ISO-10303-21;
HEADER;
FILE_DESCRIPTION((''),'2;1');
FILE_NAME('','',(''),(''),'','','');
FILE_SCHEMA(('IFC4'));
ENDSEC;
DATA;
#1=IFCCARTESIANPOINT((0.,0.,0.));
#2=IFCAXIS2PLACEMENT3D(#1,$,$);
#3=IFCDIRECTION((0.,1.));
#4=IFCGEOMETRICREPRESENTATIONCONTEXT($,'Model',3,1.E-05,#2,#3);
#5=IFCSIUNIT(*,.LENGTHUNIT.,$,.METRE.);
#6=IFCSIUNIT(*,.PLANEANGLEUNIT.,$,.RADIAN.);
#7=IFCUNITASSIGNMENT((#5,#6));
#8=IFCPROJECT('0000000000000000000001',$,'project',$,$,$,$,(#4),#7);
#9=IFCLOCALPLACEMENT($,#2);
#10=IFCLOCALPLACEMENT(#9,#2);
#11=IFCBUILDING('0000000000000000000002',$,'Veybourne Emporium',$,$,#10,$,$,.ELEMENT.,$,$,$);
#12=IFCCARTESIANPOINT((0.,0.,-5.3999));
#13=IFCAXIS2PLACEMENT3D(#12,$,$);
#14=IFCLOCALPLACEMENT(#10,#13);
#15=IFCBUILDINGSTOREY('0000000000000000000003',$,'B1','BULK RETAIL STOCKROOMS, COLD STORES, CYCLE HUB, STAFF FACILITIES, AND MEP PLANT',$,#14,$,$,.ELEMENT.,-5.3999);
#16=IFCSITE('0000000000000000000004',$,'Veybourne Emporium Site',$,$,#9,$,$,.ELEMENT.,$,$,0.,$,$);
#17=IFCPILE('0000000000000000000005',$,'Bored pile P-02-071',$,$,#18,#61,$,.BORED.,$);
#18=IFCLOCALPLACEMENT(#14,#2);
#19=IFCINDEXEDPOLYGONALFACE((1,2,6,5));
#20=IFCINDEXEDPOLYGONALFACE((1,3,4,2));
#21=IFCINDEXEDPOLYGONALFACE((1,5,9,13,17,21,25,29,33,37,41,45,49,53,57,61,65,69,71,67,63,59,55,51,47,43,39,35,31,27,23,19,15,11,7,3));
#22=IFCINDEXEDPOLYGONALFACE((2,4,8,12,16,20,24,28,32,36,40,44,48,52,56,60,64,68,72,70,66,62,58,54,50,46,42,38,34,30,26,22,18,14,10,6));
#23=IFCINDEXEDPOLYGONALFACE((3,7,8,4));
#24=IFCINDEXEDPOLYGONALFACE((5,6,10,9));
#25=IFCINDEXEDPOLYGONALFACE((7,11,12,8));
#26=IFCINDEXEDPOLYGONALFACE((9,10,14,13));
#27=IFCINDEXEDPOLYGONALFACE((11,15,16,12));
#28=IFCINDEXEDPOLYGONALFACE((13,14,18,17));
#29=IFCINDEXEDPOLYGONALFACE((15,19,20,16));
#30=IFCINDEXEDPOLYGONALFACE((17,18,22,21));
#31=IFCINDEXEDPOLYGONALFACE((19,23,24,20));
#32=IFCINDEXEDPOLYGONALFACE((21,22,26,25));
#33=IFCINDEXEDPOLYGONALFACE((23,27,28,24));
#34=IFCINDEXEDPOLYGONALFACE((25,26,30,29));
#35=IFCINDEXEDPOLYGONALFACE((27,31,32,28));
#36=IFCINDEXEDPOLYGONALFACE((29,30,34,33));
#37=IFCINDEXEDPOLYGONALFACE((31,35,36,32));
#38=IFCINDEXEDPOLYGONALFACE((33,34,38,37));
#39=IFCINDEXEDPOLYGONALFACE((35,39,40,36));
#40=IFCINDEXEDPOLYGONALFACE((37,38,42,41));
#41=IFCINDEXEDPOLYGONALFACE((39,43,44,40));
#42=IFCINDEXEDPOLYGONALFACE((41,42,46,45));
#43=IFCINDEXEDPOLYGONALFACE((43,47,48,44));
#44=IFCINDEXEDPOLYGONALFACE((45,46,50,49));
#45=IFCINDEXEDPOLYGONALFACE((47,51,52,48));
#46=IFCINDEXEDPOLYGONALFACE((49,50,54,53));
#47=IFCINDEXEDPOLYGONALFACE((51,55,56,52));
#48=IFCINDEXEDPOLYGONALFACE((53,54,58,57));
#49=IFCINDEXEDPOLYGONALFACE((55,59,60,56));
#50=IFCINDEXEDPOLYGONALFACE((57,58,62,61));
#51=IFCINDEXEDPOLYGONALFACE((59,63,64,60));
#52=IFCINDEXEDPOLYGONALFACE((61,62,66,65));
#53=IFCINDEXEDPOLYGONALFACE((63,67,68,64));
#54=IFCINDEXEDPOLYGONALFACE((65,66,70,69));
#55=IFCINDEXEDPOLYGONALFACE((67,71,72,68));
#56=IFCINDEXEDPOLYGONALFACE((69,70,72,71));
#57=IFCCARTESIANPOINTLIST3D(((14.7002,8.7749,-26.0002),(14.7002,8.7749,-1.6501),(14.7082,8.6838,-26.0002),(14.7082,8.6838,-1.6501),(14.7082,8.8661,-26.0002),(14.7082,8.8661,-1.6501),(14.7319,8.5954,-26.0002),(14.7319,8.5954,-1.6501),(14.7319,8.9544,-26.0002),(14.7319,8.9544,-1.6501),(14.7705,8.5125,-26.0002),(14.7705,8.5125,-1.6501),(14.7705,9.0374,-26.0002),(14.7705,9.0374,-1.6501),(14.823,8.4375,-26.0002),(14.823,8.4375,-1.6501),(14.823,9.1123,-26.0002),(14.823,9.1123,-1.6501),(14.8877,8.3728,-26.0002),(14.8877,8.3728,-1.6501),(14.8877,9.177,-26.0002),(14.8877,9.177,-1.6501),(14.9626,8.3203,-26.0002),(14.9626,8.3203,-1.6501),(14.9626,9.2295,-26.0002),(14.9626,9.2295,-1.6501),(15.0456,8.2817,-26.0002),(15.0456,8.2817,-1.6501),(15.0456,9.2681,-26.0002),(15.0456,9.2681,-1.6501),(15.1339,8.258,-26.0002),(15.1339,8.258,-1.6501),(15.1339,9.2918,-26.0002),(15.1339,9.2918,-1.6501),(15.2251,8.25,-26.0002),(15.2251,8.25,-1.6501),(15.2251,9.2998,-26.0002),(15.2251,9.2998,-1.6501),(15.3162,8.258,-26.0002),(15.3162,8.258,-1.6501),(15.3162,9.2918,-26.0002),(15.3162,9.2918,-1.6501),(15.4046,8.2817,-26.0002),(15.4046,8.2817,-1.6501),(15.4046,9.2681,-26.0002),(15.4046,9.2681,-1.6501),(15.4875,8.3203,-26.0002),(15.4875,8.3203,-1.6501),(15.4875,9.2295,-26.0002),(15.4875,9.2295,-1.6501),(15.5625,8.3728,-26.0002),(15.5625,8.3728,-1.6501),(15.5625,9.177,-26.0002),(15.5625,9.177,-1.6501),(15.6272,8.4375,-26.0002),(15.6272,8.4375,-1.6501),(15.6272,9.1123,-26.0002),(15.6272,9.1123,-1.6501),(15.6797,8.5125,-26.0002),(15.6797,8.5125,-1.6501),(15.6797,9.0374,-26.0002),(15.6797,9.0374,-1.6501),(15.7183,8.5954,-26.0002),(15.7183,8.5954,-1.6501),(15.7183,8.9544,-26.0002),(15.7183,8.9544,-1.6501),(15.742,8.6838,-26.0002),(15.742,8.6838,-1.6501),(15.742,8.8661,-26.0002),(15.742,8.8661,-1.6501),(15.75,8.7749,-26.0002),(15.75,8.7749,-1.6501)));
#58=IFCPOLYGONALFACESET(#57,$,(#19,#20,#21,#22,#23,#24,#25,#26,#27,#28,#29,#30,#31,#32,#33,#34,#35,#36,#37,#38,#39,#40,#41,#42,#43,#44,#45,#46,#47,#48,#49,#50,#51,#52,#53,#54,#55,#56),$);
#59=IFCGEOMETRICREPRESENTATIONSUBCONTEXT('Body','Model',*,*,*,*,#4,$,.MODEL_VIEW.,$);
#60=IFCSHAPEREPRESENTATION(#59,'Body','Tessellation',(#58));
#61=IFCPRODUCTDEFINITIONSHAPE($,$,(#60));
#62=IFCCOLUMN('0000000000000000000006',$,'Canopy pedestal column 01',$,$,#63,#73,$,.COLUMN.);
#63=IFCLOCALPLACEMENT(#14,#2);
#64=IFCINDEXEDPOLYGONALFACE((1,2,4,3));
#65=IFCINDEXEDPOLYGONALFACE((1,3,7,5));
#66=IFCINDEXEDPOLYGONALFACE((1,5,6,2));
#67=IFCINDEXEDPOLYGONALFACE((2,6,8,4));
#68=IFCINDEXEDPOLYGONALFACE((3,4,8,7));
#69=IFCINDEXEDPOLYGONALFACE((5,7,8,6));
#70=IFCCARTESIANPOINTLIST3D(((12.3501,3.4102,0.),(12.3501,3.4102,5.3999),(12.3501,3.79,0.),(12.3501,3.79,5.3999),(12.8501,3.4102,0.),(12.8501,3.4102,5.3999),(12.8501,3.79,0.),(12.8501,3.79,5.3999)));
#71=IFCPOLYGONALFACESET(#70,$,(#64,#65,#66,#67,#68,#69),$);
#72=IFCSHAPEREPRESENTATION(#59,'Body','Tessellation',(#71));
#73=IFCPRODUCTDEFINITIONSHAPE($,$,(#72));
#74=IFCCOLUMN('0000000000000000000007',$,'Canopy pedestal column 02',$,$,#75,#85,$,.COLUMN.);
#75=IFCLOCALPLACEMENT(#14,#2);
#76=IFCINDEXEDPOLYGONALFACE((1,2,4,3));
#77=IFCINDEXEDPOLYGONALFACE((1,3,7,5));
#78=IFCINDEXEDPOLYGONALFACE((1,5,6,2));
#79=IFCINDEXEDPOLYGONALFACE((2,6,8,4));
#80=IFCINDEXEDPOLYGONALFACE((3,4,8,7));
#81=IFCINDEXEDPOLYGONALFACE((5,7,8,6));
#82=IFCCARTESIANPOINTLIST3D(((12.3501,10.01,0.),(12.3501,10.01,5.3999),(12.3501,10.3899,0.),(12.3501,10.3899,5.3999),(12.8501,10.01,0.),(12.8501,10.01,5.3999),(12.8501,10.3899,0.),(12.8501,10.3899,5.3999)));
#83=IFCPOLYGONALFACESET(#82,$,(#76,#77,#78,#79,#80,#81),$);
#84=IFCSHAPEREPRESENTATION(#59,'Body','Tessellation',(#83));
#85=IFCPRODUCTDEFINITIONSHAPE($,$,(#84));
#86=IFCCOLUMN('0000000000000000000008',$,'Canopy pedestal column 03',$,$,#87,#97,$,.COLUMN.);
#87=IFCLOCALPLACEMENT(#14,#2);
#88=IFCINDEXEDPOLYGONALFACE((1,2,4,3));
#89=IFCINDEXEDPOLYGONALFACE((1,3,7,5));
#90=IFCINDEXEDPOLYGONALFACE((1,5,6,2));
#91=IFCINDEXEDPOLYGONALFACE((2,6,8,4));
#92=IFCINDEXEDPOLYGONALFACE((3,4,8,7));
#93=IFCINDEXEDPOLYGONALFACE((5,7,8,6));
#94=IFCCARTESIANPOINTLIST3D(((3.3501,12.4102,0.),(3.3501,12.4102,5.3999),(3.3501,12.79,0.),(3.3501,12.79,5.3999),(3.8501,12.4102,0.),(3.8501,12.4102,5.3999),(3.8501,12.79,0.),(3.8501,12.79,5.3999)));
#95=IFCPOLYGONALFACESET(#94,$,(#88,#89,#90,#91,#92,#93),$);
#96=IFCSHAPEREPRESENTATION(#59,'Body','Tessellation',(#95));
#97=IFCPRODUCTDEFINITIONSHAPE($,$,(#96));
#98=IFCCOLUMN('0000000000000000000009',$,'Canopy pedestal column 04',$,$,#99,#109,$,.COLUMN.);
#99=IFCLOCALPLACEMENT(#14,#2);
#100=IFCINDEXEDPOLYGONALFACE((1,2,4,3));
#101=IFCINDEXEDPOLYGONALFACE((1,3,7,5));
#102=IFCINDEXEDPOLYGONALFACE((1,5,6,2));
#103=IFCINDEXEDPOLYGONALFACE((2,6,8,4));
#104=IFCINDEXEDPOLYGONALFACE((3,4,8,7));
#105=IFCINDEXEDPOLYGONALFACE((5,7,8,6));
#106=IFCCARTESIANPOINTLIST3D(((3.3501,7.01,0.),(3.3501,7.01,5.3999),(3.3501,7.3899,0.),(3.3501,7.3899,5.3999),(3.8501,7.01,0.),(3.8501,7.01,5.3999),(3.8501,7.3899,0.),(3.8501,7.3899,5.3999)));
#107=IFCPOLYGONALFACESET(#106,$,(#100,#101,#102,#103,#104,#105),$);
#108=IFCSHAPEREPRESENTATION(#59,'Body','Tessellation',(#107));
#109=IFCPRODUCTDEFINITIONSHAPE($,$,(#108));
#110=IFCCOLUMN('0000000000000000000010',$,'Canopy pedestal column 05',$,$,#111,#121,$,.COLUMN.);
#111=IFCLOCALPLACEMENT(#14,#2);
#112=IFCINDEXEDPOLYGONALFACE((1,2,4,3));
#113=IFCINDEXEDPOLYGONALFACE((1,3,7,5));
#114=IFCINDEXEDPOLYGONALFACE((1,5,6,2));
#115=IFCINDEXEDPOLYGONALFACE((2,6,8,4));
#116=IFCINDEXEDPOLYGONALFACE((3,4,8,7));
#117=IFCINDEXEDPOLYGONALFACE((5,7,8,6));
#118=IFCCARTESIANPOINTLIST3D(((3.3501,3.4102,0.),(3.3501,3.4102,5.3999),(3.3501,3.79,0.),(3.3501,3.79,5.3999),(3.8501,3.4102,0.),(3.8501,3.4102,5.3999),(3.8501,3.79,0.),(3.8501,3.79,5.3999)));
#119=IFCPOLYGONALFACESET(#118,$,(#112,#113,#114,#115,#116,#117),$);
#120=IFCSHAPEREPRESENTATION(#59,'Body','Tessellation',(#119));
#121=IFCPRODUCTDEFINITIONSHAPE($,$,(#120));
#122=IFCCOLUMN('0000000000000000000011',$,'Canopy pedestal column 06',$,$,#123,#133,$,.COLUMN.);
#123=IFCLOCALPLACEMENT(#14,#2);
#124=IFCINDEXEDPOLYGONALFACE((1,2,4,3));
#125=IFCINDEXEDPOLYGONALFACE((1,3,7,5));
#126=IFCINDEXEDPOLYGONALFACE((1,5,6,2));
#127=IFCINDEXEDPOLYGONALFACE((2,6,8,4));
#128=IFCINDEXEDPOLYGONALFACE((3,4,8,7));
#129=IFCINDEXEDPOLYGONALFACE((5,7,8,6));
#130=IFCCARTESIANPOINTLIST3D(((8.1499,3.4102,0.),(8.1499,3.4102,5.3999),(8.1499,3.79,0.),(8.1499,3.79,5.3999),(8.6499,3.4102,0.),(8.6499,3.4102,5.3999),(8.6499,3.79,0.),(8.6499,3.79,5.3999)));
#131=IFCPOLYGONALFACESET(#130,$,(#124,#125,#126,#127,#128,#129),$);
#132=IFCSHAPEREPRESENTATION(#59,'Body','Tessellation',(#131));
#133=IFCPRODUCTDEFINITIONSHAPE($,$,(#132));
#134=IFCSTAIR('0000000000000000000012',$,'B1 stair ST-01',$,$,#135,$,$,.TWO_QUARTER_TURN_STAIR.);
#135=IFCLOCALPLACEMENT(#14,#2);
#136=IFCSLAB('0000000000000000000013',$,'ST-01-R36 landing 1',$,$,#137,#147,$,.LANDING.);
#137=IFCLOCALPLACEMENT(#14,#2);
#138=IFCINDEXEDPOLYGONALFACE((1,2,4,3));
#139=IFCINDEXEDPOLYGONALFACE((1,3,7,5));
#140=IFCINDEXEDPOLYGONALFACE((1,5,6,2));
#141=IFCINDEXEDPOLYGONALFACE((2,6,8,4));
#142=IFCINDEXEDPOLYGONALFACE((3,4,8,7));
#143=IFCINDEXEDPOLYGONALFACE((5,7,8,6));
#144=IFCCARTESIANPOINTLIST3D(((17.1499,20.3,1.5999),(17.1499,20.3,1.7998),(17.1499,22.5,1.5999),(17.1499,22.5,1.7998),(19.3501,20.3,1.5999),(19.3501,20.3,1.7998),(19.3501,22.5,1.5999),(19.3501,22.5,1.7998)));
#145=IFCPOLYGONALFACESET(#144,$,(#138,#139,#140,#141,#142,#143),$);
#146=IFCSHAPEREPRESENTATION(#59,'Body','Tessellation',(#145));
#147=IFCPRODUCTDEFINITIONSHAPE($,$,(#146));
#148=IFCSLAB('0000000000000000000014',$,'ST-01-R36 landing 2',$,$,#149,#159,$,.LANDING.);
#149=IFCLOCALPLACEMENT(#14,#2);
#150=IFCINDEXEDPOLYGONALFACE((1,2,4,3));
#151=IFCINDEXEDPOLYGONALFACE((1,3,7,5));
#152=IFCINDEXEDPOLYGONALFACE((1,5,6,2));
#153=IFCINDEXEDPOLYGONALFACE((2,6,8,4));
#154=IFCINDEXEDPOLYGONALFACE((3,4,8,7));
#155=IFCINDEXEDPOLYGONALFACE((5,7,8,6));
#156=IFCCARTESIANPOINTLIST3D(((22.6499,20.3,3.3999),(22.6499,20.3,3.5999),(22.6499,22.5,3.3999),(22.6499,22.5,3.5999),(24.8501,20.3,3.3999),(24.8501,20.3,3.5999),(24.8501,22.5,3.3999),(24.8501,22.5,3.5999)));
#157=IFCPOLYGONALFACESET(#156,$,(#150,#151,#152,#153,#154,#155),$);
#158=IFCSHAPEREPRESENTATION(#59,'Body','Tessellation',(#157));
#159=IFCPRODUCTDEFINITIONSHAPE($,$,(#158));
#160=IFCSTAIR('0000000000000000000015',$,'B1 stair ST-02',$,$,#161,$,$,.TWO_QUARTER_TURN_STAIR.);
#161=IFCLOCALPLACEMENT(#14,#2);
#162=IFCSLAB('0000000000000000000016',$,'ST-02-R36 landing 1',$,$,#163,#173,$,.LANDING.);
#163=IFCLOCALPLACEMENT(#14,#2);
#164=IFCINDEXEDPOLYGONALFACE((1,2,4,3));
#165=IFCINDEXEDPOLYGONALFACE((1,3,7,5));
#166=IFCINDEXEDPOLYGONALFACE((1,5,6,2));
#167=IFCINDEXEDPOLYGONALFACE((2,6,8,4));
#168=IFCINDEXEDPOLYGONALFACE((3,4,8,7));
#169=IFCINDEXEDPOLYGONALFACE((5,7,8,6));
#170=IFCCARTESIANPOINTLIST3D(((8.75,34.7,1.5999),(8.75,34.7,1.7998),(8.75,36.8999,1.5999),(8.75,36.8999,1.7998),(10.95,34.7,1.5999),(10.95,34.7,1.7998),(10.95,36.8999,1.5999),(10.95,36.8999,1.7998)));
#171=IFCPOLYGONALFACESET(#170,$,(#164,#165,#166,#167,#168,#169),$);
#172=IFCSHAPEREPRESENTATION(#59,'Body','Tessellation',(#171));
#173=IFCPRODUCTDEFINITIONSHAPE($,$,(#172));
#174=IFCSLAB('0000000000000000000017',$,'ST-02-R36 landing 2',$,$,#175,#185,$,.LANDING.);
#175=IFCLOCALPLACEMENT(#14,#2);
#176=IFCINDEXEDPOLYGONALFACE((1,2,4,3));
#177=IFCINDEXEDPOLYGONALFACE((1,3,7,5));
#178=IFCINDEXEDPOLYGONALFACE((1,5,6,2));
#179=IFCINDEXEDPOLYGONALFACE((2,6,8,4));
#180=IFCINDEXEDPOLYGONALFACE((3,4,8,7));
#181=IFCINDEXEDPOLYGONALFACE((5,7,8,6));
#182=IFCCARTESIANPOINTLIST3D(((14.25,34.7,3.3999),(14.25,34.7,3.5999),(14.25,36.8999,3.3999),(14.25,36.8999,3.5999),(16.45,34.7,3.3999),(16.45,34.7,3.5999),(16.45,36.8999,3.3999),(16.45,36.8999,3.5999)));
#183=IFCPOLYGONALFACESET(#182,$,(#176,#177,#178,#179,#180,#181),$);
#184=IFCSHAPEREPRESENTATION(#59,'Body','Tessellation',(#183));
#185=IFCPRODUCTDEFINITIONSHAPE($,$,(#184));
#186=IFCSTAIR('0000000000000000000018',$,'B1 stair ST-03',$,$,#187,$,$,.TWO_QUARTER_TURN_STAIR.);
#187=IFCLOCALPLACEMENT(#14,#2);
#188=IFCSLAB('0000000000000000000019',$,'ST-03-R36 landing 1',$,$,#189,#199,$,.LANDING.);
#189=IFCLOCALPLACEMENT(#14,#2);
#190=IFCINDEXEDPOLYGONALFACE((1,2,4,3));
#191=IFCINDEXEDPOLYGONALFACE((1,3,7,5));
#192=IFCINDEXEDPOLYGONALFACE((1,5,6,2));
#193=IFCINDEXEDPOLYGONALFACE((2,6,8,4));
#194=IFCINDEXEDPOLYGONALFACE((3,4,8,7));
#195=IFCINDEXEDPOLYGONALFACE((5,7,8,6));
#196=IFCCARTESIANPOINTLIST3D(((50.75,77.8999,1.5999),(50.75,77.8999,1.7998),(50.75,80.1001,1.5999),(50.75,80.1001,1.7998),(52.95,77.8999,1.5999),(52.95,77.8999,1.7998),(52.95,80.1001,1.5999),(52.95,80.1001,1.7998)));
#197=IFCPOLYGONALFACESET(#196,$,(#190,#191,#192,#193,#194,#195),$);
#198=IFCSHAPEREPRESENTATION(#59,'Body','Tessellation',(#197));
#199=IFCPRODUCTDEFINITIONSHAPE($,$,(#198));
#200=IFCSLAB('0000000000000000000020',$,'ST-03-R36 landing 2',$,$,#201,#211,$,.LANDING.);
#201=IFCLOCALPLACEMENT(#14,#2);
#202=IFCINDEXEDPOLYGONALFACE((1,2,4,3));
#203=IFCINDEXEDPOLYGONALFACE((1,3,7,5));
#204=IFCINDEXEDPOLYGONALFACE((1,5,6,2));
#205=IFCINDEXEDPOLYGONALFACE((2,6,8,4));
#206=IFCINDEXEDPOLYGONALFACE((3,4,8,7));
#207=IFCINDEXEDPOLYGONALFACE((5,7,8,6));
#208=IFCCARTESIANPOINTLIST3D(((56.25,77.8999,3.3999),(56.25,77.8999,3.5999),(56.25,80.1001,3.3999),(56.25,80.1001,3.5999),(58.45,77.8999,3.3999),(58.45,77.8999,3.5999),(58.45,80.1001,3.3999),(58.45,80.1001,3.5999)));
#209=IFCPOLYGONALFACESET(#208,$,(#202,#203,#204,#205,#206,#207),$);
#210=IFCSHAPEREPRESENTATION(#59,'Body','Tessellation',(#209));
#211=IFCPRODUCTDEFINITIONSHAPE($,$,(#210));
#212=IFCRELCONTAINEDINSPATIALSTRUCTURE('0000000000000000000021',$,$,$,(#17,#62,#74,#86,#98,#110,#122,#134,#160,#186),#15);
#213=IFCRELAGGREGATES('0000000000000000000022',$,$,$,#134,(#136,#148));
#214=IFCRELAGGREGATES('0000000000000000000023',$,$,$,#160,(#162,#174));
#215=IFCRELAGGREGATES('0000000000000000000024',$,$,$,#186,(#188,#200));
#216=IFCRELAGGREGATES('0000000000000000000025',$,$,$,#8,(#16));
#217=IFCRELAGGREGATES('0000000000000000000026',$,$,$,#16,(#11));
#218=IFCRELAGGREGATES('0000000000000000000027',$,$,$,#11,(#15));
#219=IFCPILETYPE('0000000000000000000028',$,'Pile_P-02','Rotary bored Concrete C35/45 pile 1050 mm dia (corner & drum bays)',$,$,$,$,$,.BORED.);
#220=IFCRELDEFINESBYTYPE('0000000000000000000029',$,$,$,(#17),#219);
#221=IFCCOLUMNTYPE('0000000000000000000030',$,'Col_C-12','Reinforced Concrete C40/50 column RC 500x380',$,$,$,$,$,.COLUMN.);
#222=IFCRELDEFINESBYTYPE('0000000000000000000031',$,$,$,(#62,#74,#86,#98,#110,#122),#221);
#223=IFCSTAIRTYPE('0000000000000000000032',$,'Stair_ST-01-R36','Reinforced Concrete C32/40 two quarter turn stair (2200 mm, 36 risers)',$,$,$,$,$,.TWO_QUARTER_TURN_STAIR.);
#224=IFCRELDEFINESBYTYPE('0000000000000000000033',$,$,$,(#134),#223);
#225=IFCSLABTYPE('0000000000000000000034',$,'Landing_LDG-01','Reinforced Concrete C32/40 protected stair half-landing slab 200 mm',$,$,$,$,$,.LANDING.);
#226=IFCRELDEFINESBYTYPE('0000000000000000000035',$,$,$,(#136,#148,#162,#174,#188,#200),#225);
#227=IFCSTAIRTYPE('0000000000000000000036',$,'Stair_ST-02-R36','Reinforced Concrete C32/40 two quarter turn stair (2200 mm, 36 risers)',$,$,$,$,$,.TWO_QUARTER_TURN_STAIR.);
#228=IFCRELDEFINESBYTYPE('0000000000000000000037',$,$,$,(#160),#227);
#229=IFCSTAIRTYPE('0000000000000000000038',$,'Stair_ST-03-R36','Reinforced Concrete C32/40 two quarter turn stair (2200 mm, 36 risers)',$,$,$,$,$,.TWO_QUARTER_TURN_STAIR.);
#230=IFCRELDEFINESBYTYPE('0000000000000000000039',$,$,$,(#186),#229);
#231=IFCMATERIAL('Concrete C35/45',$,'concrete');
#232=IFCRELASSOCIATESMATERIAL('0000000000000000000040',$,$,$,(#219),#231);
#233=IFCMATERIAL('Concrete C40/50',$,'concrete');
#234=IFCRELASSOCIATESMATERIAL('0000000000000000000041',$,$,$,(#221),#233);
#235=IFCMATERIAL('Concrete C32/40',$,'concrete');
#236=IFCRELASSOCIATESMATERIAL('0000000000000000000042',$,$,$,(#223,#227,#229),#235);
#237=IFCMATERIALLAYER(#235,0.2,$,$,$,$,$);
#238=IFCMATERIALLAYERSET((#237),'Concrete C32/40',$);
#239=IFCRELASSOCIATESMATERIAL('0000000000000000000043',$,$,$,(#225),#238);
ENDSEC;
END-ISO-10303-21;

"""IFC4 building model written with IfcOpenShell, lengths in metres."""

from ifc_helpers import new_model, si_unit, direction, frame, origin, origin_2d, place, context, subcontext, project, spatial, polyline, rectangle, circle, outline, extrude, material, layer, layer_set, material_profile, profile_set, type_object, element, aggregate, save


model = new_model("IFC4")

# Units and contexts
model_context = context("Model", 3, precision=1e-05, world=origin(), true_north=direction((0.0, 1.0)))
body_context = subcontext(model_context, "Body", "Model", "MODEL_VIEW")
ifc_project = project(units=[si_unit("LENGTHUNIT", "METRE"), si_unit("PLANEANGLEUNIT", "RADIAN")], contexts=[model_context])

# Site, building, storey
site_placement = place(None, origin())
site = spatial("IfcSite", under=ifc_project, at=site_placement, Name="Veybourne Emporium Site", CompositionType="ELEMENT", RefElevation=0.0)
building_placement = place(site_placement, origin())
building = spatial("IfcBuilding", under=site, at=building_placement, Name="Veybourne Emporium", CompositionType="ELEMENT")
storey_placement = place(building_placement, frame((0.0, 0.0, -5.3999)))
storey = spatial("IfcBuildingStorey", under=building, at=storey_placement, Name="B1", Description="BULK RETAIL STOCKROOMS, COLD STORES, CYCLE HUB, STAFF FACILITIES, AND MEP PLANT", CompositionType="ELEMENT", Elevation=-5.3999)

# Shared definitions
ifc_material_1 = material(Name="Concrete C35/45", Category="concrete")

# Pile
ifc_material_profile_1 = material_profile(ifc_material_1, circle(Radius=0.5249, at=origin_2d()), Name="BORED PILE 1050")
ifc_profile_set_1 = profile_set([ifc_material_profile_1], Name="Concrete C35/45")
pile_type = type_object("IfcPileType", Name="Pile_P-02", Description="Rotary bored Concrete C35/45 pile 1050 mm dia (corner & drum bays)", PredefinedType="BORED", material=ifc_profile_set_1)
for number, where, z_axis, x_axis, name in (
    (1, (15.2251, 8.7749, -1.6501), (0.0, 0.0, -1.0), (1.0, 0.0, 0.0), "Bored pile P-02-071"),
):
    element("IfcPile", number, at=place(storey_placement, frame(where, z_axis=z_axis, x_axis=x_axis)), inside=storey, type_object=pile_type, Name=name, PredefinedType="BORED", context=body_context, shape_type="SweptSolid", body=[
        extrude(circle(Radius=0.5249, at=origin_2d()), origin(), (0.0, 0.0, 1.0), 24.3501),
    ])

# Columns
ifc_material_2 = material(Name="Concrete C40/50", Category="concrete")
ifc_material_profile_2 = material_profile(ifc_material_2, rectangle(XDim=0.5, YDim=0.3799, at=origin_2d()), Name="RC 500x380")
ifc_profile_set_2 = profile_set([ifc_material_profile_2], Name="Concrete C40/50")
column_type = type_object("IfcColumnType", Name="Col_C-12", Description="Reinforced Concrete C40/50 column RC 500x380", PredefinedType="COLUMN", material=ifc_profile_set_2)
for number, where, z_axis, x_axis, name in (
    (2, (12.6001, 3.6001, 0.0), (0.0, 0.0, 1.0), (1.0, 0.0, 0.0), "Canopy pedestal column 01"),
    (3, (12.6001, 10.2, 0.0), (0.0, 0.0, 1.0), (1.0, 0.0, 0.0), "Canopy pedestal column 02"),
    (4, (3.6001, 12.6001, 0.0), (0.0, 0.0, 1.0), (1.0, 0.0, 0.0), "Canopy pedestal column 03"),
    (5, (3.6001, 7.2, 0.0), (0.0, 0.0, 1.0), (1.0, 0.0, 0.0), "Canopy pedestal column 04"),
    (6, (3.6001, 3.6001, 0.0), (0.0, 0.0, 1.0), (1.0, 0.0, 0.0), "Canopy pedestal column 05"),
    (7, (8.3999, 3.6001, 0.0), (0.0, 0.0, 1.0), (1.0, 0.0, 0.0), "Canopy pedestal column 06"),
):
    element("IfcColumn", number, at=place(storey_placement, frame(where, z_axis=z_axis, x_axis=x_axis)), inside=storey, type_object=column_type, Name=name, PredefinedType="COLUMN", context=body_context, shape_type="SweptSolid", body=[
        extrude(rectangle(XDim=0.5, YDim=0.3799, at=origin_2d()), origin(), (0.0, 0.0, 1.0), 5.3999),
    ])

# Stairs, slabs
ifc_material_3 = material(Name="Concrete C32/40", Category="concrete")
stair_type_1 = type_object("IfcStairType", Name="Stair_ST-01-R36", Description="Reinforced Concrete C32/40 two quarter turn stair (2200 mm, 36 risers)", PredefinedType="TWO_QUARTER_TURN_STAIR", material=ifc_material_3)
stair_1_placement = place(storey_placement, origin())
stair_1 = element("IfcStair", 8, at=stair_1_placement, inside=storey, type_object=stair_type_1, Name="B1 stair ST-01", PredefinedType="TWO_QUARTER_TURN_STAIR")
ifc_layer_1 = layer(ifc_material_3, 0.2)
ifc_layer_set_1 = layer_set([ifc_layer_1], Name="Concrete C32/40")
slab_type_1 = type_object("IfcSlabType", Name="Landing_LDG-01", Description="Reinforced Concrete C32/40 protected stair half-landing slab 200 mm", PredefinedType="LANDING", material=ifc_layer_set_1)
slab_1_placement = place(storey_placement, frame((0.0, 0.0, 1.5999)))
slab_1 = element("IfcSlab", 9, at=slab_1_placement, type_object=slab_type_1, Name="ST-01-R36 landing 1", PredefinedType="LANDING", context=body_context, shape_type="SweptSolid", body=[
    extrude(outline(polyline([(17.1499, 20.3), (19.3501, 20.3), (19.3501, 22.5), (17.1499, 22.5), (17.1499, 20.3)])), origin(), (0.0, 0.0, 1.0), 0.2),
])
slab_2_placement = place(storey_placement, frame((0.0, 0.0, 3.3999)))
slab_2 = element("IfcSlab", 10, at=slab_2_placement, type_object=slab_type_1, Name="ST-01-R36 landing 2", PredefinedType="LANDING", context=body_context, shape_type="SweptSolid", body=[
    extrude(outline(polyline([(22.6499, 20.3), (24.8501, 20.3), (24.8501, 22.5), (22.6499, 22.5), (22.6499, 20.3)])), origin(), (0.0, 0.0, 1.0), 0.2),
])
aggregate(stair_1, [slab_1, slab_2])
stair_type_2 = type_object("IfcStairType", Name="Stair_ST-02-R36", Description="Reinforced Concrete C32/40 two quarter turn stair (2200 mm, 36 risers)", PredefinedType="TWO_QUARTER_TURN_STAIR", material=ifc_material_3)
stair_2_placement = place(storey_placement, origin())
stair_2 = element("IfcStair", 11, at=stair_2_placement, inside=storey, type_object=stair_type_2, Name="B1 stair ST-02", PredefinedType="TWO_QUARTER_TURN_STAIR")
slab_3_placement = place(storey_placement, frame((0.0, 0.0, 1.5999)))
slab_3 = element("IfcSlab", 12, at=slab_3_placement, type_object=slab_type_1, Name="ST-02-R36 landing 1", PredefinedType="LANDING", context=body_context, shape_type="SweptSolid", body=[
    extrude(outline(polyline([(8.75, 34.7), (10.95, 34.7), (10.95, 36.8999), (8.75, 36.8999), (8.75, 34.7)])), origin(), (0.0, 0.0, 1.0), 0.2),
])
slab_4_placement = place(storey_placement, frame((0.0, 0.0, 3.3999)))
slab_4 = element("IfcSlab", 13, at=slab_4_placement, type_object=slab_type_1, Name="ST-02-R36 landing 2", PredefinedType="LANDING", context=body_context, shape_type="SweptSolid", body=[
    extrude(outline(polyline([(14.25, 34.7), (16.45, 34.7), (16.45, 36.8999), (14.25, 36.8999), (14.25, 34.7)])), origin(), (0.0, 0.0, 1.0), 0.2),
])
aggregate(stair_2, [slab_3, slab_4])
stair_type_3 = type_object("IfcStairType", Name="Stair_ST-03-R36", Description="Reinforced Concrete C32/40 two quarter turn stair (2200 mm, 36 risers)", PredefinedType="TWO_QUARTER_TURN_STAIR", material=ifc_material_3)
stair_3_placement = place(storey_placement, origin())
stair_3 = element("IfcStair", 14, at=stair_3_placement, inside=storey, type_object=stair_type_3, Name="B1 stair ST-03", PredefinedType="TWO_QUARTER_TURN_STAIR")
slab_5_placement = place(storey_placement, frame((0.0, 0.0, 1.5999)))
slab_5 = element("IfcSlab", 15, at=slab_5_placement, type_object=slab_type_1, Name="ST-03-R36 landing 1", PredefinedType="LANDING", context=body_context, shape_type="SweptSolid", body=[
    extrude(outline(polyline([(50.75, 77.8999), (52.95, 77.8999), (52.95, 80.1001), (50.75, 80.1001), (50.75, 77.8999)])), origin(), (0.0, 0.0, 1.0), 0.2),
])
slab_6_placement = place(storey_placement, frame((0.0, 0.0, 3.3999)))
slab_6 = element("IfcSlab", 16, at=slab_6_placement, type_object=slab_type_1, Name="ST-03-R36 landing 2", PredefinedType="LANDING", context=body_context, shape_type="SweptSolid", body=[
    extrude(outline(polyline([(56.25, 77.8999), (58.45, 77.8999), (58.45, 80.1001), (56.25, 80.1001), (56.25, 77.8999)])), origin(), (0.0, 0.0, 1.0), 0.2),
])
aggregate(stair_3, [slab_5, slab_6])

save(model, "model.ifc")
